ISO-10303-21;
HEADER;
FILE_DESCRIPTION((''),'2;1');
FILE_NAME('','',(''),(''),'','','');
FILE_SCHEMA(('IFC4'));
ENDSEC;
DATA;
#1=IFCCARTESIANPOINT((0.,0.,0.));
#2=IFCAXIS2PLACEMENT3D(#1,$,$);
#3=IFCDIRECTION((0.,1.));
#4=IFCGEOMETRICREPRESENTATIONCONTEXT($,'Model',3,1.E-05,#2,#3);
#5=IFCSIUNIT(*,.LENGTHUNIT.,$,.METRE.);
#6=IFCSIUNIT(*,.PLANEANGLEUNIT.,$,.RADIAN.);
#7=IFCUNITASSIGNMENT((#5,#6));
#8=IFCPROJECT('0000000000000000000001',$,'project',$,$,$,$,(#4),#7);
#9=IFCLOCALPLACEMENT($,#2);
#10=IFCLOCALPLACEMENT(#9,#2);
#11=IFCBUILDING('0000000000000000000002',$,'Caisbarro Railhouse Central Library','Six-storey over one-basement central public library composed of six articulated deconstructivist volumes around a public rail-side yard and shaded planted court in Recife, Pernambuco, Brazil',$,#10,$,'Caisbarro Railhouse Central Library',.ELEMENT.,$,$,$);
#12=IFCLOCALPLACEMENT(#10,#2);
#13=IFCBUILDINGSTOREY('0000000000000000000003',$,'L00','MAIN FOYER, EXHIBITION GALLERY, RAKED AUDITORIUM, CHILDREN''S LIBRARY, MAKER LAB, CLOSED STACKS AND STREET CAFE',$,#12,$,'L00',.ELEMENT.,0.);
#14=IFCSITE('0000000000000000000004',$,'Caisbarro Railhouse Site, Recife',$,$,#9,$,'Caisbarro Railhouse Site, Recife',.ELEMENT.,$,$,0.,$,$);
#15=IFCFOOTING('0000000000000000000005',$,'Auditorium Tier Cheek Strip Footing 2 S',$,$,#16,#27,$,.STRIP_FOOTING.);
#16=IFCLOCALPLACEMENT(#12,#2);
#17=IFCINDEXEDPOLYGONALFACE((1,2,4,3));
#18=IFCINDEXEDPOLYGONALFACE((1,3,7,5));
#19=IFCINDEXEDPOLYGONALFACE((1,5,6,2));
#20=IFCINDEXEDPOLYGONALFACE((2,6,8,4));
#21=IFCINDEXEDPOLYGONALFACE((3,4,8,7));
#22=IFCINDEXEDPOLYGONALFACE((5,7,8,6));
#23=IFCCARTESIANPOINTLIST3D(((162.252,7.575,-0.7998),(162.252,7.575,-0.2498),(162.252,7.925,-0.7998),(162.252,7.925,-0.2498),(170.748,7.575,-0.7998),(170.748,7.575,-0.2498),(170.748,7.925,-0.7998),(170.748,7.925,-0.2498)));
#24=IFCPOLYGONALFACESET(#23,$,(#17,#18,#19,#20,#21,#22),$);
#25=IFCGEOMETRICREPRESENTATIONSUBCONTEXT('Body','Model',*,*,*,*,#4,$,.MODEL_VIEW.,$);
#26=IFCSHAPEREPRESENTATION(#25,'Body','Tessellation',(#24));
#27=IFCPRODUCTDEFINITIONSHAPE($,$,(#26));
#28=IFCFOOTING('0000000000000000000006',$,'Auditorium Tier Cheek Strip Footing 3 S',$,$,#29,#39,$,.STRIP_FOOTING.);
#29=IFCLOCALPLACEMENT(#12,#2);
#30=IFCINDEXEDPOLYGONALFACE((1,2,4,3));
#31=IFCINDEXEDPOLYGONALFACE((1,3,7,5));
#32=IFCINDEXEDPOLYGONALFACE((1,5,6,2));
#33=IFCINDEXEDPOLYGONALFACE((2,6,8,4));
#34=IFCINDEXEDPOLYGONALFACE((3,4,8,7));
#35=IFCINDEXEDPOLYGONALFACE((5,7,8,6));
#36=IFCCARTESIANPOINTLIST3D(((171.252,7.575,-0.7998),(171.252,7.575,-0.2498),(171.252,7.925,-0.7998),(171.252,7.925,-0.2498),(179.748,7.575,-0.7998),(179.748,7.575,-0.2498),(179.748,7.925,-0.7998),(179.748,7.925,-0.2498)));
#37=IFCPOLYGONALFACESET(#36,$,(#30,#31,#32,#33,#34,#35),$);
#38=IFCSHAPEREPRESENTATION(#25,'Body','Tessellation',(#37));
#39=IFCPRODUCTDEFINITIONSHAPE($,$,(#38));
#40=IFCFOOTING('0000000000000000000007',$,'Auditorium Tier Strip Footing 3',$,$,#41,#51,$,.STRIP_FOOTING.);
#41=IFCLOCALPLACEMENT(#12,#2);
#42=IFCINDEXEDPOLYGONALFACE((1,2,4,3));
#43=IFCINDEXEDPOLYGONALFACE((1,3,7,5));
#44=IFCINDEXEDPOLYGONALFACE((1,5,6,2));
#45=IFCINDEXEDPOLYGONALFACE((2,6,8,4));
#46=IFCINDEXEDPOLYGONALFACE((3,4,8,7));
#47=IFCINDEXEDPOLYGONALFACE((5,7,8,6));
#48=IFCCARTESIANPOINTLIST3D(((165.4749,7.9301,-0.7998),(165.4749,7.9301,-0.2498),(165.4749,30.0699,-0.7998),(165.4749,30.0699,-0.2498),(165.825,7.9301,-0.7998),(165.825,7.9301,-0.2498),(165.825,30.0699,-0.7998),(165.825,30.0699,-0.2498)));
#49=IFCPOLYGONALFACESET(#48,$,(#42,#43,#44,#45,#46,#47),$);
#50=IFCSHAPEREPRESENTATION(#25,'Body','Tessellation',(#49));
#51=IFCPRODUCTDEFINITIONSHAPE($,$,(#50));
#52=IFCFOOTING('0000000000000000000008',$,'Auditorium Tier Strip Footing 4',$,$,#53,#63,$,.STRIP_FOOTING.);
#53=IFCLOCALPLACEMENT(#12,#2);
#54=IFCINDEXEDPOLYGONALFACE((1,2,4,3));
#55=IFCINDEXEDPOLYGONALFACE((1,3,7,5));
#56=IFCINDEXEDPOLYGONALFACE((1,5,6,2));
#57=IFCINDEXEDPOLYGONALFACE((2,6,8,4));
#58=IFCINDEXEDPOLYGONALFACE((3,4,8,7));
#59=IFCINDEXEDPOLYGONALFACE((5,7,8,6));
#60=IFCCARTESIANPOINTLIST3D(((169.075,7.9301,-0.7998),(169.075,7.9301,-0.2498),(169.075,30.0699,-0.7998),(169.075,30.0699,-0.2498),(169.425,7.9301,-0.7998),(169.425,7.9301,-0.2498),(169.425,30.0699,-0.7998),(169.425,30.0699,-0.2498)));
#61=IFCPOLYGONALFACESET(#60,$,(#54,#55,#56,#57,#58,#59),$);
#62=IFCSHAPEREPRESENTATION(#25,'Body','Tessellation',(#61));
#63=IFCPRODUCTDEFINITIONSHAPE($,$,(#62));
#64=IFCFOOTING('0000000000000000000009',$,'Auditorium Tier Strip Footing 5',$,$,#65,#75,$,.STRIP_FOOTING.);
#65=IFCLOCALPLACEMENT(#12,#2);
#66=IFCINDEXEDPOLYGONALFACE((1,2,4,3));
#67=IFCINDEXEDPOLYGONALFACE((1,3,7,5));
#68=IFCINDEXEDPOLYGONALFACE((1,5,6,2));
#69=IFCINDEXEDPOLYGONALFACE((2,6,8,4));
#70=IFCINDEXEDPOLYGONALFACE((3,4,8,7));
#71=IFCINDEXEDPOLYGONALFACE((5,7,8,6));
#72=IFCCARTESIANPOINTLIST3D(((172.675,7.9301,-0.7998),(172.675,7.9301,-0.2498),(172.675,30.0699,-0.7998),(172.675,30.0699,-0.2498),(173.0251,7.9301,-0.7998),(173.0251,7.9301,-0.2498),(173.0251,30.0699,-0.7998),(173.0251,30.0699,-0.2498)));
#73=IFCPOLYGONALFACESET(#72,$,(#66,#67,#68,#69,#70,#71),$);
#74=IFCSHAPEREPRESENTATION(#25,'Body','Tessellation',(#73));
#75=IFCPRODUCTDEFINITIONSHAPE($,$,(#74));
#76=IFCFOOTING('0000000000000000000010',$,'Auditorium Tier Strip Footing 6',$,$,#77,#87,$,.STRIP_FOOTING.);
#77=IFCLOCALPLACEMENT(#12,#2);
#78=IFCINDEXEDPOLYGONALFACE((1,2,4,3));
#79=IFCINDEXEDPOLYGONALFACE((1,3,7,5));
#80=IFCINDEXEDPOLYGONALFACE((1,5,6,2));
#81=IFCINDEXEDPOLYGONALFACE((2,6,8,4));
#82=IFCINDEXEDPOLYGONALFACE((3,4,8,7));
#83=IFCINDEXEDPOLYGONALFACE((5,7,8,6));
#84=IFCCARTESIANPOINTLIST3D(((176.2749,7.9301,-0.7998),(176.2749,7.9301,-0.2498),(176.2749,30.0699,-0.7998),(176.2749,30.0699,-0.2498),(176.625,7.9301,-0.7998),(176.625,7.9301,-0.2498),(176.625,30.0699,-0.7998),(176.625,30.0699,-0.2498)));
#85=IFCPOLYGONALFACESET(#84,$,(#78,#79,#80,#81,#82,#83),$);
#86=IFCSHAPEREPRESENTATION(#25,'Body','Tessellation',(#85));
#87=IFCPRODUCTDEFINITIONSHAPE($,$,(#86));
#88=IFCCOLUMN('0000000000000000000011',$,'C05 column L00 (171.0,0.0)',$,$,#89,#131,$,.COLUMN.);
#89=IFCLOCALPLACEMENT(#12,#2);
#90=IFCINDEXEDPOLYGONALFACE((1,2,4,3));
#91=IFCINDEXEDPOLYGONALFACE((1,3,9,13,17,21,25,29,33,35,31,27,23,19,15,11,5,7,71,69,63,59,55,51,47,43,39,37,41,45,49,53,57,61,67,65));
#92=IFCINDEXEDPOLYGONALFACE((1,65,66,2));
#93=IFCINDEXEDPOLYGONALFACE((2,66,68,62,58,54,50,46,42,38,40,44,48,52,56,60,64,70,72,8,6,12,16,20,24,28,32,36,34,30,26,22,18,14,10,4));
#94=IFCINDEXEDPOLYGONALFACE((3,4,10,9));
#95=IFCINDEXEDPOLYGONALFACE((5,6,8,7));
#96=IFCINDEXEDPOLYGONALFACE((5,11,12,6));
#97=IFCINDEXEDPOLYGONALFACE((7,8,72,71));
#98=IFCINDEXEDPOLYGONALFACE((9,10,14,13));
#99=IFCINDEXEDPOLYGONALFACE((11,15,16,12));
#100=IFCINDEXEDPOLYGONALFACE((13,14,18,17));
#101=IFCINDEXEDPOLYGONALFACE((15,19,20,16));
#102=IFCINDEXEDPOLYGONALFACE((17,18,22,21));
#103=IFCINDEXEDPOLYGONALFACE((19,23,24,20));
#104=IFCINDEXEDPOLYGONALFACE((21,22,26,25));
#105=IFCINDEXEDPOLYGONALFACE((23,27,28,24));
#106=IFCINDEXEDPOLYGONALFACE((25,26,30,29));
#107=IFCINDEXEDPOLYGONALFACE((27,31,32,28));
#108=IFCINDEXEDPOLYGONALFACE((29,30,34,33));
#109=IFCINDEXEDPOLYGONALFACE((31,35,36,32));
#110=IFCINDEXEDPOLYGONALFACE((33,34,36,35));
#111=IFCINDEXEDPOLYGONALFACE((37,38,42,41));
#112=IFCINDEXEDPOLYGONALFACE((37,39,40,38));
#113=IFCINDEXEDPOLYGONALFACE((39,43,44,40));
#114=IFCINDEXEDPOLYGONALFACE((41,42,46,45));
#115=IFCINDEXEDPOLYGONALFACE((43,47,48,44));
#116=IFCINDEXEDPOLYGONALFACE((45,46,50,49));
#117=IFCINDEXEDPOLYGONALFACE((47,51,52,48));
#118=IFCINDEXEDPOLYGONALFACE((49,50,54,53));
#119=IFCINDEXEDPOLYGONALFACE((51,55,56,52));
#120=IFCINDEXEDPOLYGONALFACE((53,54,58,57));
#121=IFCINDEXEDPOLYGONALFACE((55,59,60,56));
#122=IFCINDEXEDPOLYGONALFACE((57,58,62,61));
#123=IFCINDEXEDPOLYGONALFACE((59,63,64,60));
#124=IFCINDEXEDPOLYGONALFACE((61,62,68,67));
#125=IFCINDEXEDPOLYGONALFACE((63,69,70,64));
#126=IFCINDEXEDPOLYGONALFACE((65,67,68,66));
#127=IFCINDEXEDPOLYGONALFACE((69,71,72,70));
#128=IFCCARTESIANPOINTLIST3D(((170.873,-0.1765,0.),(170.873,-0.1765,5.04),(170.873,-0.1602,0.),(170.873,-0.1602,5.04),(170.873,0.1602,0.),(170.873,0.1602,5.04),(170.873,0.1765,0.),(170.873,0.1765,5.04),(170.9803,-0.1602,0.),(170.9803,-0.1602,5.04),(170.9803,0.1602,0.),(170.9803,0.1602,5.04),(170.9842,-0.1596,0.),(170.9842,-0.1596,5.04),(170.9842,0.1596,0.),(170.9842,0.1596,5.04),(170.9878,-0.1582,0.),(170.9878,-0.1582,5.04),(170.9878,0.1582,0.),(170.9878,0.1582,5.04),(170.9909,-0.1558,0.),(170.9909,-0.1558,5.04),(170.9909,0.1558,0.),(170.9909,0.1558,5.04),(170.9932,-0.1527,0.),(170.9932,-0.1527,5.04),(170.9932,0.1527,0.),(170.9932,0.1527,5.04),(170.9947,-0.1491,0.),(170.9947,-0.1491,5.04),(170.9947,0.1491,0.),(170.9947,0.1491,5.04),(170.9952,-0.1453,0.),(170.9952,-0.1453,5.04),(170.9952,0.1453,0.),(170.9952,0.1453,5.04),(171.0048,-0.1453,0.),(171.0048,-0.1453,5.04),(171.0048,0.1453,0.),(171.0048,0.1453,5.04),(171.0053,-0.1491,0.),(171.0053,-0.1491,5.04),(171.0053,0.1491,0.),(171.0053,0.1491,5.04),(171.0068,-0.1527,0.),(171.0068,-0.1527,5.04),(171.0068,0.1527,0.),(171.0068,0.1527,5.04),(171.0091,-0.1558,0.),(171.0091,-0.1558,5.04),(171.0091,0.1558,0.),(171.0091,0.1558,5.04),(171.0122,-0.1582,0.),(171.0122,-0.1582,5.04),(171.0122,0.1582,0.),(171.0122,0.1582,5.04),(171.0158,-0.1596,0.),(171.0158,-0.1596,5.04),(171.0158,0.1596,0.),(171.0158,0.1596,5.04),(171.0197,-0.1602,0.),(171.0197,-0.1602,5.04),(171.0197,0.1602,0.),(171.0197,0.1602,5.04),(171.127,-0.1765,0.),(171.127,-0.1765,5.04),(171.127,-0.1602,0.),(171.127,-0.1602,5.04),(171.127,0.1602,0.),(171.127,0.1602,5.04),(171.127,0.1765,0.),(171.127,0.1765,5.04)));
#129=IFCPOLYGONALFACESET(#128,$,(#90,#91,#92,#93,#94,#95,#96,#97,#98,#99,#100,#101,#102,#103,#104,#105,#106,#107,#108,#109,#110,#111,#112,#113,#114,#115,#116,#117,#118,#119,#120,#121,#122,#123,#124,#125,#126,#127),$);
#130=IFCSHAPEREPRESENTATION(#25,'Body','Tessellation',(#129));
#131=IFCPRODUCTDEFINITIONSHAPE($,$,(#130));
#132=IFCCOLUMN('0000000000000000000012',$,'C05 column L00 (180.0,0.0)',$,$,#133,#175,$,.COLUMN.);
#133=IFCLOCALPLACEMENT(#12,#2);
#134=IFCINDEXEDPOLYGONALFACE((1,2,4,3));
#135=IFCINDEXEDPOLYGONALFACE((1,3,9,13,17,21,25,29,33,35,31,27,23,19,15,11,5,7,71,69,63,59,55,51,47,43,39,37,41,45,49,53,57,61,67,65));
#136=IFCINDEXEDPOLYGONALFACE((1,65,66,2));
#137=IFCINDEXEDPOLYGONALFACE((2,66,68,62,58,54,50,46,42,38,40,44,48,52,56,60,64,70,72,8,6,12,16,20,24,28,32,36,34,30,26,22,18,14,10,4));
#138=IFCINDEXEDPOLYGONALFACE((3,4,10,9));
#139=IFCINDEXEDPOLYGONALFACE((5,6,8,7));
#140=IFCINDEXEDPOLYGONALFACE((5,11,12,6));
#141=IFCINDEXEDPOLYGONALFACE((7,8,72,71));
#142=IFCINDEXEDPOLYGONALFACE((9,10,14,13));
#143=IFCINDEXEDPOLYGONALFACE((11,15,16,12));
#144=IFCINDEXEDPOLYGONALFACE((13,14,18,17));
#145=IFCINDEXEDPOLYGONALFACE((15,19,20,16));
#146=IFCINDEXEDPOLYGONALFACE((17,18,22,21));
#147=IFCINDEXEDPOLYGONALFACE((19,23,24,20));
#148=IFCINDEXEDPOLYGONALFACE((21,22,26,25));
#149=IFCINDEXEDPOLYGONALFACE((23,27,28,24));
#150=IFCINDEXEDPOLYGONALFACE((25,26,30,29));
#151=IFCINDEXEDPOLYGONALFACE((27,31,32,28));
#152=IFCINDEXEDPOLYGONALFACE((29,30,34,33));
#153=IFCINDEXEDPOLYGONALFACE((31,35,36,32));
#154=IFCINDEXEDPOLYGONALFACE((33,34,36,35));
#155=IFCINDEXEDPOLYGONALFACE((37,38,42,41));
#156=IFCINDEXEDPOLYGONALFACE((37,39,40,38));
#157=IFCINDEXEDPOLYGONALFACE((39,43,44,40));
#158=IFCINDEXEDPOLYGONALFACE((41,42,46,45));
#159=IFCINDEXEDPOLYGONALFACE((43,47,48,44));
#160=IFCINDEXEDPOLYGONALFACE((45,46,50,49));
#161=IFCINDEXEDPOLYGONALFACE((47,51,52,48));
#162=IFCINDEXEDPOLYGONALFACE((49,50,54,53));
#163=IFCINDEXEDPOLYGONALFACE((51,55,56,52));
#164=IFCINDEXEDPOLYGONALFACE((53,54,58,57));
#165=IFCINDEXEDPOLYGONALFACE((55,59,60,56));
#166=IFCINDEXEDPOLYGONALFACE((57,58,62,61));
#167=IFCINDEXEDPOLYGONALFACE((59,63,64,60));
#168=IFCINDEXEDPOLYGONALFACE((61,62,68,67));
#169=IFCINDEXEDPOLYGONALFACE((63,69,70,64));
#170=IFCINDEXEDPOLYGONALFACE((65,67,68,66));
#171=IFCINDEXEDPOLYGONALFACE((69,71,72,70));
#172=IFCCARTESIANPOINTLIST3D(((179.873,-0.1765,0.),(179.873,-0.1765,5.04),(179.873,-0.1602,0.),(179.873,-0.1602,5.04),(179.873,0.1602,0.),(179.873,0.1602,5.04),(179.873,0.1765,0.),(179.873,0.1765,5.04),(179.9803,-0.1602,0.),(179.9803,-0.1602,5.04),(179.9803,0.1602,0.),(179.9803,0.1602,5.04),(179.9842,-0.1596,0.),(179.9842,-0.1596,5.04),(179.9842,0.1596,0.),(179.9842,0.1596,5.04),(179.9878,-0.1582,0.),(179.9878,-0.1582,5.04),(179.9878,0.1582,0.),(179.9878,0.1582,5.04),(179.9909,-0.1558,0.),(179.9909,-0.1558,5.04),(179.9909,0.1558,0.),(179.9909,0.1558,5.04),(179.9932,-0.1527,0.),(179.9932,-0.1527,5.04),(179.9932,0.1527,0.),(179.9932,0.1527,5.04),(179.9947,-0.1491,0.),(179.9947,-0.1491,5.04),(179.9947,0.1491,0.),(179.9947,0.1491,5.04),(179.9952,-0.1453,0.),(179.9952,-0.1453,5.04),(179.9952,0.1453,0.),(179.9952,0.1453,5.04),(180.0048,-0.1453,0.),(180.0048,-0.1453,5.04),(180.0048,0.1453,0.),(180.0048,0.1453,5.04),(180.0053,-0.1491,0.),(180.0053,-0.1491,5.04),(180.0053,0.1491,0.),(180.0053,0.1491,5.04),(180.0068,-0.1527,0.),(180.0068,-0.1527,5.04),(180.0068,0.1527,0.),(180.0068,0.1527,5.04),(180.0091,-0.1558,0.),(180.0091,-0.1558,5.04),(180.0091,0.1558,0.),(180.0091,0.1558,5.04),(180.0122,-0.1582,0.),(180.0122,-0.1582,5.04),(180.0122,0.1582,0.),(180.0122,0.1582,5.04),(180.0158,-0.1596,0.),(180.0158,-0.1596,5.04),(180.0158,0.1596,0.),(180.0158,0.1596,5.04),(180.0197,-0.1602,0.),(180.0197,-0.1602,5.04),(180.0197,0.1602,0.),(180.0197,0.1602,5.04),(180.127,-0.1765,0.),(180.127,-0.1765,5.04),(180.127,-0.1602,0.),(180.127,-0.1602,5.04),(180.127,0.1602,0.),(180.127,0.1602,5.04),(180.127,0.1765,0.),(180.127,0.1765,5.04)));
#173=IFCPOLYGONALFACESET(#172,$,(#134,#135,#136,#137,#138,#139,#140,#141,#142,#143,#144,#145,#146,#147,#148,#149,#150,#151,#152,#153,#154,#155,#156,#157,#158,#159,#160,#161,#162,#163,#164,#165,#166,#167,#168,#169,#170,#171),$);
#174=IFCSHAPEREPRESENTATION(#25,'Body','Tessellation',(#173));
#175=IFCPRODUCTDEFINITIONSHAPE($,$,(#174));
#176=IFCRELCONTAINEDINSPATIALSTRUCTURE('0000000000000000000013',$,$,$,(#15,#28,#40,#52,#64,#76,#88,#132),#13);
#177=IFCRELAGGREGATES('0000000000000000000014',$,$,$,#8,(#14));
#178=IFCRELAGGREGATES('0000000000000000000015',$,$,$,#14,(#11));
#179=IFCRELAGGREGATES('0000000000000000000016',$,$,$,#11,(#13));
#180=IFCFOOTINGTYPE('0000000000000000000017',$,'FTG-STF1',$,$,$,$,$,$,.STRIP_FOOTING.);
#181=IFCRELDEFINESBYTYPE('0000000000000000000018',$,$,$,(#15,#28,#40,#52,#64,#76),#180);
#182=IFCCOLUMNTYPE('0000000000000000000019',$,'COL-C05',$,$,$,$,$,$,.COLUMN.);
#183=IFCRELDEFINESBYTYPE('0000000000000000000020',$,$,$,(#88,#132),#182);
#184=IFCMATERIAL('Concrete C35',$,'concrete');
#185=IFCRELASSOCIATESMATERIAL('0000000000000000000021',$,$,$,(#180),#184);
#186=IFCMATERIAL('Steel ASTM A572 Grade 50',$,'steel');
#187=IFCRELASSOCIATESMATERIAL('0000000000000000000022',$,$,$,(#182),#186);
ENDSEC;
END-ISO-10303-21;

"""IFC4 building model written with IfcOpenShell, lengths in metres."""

from ifc_helpers import new_model, si_unit, direction, frame, origin, origin_2d, place, context, subcontext, project, spatial, rectangle, i_section, extrude, material, material_profile, profile_set, type_object, element, save


model = new_model("IFC4")

# Units and contexts
model_context = context("Model", 3, precision=1e-05, world=origin(), true_north=direction((0.0, 1.0)))
body_context = subcontext(model_context, "Body", "Model", "MODEL_VIEW")
ifc_project = project(units=[si_unit("LENGTHUNIT", "METRE"), si_unit("PLANEANGLEUNIT", "RADIAN")], contexts=[model_context])

# Site, building, storey
site_placement = place(None, origin())
site = spatial("IfcSite", under=ifc_project, at=site_placement, Name="Caisbarro Railhouse Site, Recife", LongName="Caisbarro Railhouse Site, Recife", CompositionType="ELEMENT", RefElevation=0.0)
building_placement = place(site_placement, origin())
building = spatial("IfcBuilding", under=site, at=building_placement, Name="Caisbarro Railhouse Central Library", Description="Six-storey over one-basement central public library composed of six articulated deconstructivist volumes around a public rail-side yard and shaded planted court in Recife, Pernambuco, Brazil", LongName="Caisbarro Railhouse Central Library", CompositionType="ELEMENT")
storey_placement = place(building_placement, origin())
storey = spatial("IfcBuildingStorey", under=building, at=storey_placement, Name="L00", Description="MAIN FOYER, EXHIBITION GALLERY, RAKED AUDITORIUM, CHILDREN'S LIBRARY, MAKER LAB, CLOSED STACKS AND STREET CAFE", LongName="L00", CompositionType="ELEMENT", Elevation=0.0)

# Footings
ifc_material_1 = material(Name="Concrete C35", Category="concrete")
footing_type = type_object("IfcFootingType", Name="FTG-STF1", PredefinedType="STRIP_FOOTING", material=ifc_material_1)
for number, where, z_axis, x_axis, name in (
    (1, (166.5, 7.75, -0.7998), (0.0, 0.0, 1.0), (1.0, 0.0, 0.0), "Auditorium Tier Cheek Strip Footing 2 S"),
    (2, (175.5, 7.75, -0.7998), (0.0, 0.0, 1.0), (1.0, 0.0, 0.0), "Auditorium Tier Cheek Strip Footing 3 S"),
):
    element("IfcFooting", number, at=place(storey_placement, frame(where, z_axis=z_axis, x_axis=x_axis)), inside=storey, type_object=footing_type, Name=name, PredefinedType="STRIP_FOOTING", context=body_context, shape_type="SweptSolid", body=[
        extrude(rectangle(XDim=8.4961, YDim=0.3501, at=origin_2d()), origin(), (0.0, 0.0, 1.0), 0.55),
    ])
for number, where, z_axis, x_axis, name in (
    (3, (165.6499, 19.0, -0.7998), (0.0, 0.0, 1.0), (0.0, 1.0, 0.0), "Auditorium Tier Strip Footing 3"),
    (4, (169.25, 19.0, -0.7998), (0.0, 0.0, 1.0), (0.0, 1.0, 0.0), "Auditorium Tier Strip Footing 4"),
    (5, (172.8501, 19.0, -0.7998), (0.0, 0.0, 1.0), (0.0, 1.0, 0.0), "Auditorium Tier Strip Footing 5"),
    (6, (176.45, 19.0, -0.7998), (0.0, 0.0, 1.0), (0.0, 1.0, 0.0), "Auditorium Tier Strip Footing 6"),
):
    element("IfcFooting", number, at=place(storey_placement, frame(where, z_axis=z_axis, x_axis=x_axis)), inside=storey, type_object=footing_type, Name=name, PredefinedType="STRIP_FOOTING", context=body_context, shape_type="SweptSolid", body=[
        extrude(rectangle(XDim=22.1399, YDim=0.3501, at=origin_2d()), origin(), (0.0, 0.0, 1.0), 0.55),
    ])

# Columns
ifc_material_2 = material(Name="Steel ASTM A572 Grade 50", Category="steel")
ifc_material_profile_1 = material_profile(ifc_material_2, i_section(OverallWidth=0.2539, OverallDepth=0.353, WebThickness=0.0095, FlangeThickness=0.0164, FilletRadius=0.0149, at=origin_2d()), Name="W360X91.0")
ifc_profile_set_1 = profile_set([ifc_material_profile_1], Name="Steel ASTM A572 Grade 50")
column_type = type_object("IfcColumnType", Name="COL-C05", PredefinedType="COLUMN", material=ifc_profile_set_1)
for number, where, z_axis, x_axis, name in (
    (7, (171.0, 0.0, 0.0), (0.0, 0.0, 1.0), (1.0, 0.0, 0.0), "C05 column L00 (171.0,0.0)"),
    (8, (180.0, 0.0, 0.0), (0.0, 0.0, 1.0), (1.0, 0.0, 0.0), "C05 column L00 (180.0,0.0)"),
):
    element("IfcColumn", number, at=place(storey_placement, frame(where, z_axis=z_axis, x_axis=x_axis)), inside=storey, type_object=column_type, Name=name, PredefinedType="COLUMN", context=body_context, shape_type="SweptSolid", body=[
        extrude(i_section(OverallWidth=0.2539, OverallDepth=0.353, WebThickness=0.0095, FlangeThickness=0.0164, FilletRadius=0.0149, at=origin_2d()), origin(), (0.0, 0.0, 1.0), 5.04),
    ])

save(model, "model.ifc")
